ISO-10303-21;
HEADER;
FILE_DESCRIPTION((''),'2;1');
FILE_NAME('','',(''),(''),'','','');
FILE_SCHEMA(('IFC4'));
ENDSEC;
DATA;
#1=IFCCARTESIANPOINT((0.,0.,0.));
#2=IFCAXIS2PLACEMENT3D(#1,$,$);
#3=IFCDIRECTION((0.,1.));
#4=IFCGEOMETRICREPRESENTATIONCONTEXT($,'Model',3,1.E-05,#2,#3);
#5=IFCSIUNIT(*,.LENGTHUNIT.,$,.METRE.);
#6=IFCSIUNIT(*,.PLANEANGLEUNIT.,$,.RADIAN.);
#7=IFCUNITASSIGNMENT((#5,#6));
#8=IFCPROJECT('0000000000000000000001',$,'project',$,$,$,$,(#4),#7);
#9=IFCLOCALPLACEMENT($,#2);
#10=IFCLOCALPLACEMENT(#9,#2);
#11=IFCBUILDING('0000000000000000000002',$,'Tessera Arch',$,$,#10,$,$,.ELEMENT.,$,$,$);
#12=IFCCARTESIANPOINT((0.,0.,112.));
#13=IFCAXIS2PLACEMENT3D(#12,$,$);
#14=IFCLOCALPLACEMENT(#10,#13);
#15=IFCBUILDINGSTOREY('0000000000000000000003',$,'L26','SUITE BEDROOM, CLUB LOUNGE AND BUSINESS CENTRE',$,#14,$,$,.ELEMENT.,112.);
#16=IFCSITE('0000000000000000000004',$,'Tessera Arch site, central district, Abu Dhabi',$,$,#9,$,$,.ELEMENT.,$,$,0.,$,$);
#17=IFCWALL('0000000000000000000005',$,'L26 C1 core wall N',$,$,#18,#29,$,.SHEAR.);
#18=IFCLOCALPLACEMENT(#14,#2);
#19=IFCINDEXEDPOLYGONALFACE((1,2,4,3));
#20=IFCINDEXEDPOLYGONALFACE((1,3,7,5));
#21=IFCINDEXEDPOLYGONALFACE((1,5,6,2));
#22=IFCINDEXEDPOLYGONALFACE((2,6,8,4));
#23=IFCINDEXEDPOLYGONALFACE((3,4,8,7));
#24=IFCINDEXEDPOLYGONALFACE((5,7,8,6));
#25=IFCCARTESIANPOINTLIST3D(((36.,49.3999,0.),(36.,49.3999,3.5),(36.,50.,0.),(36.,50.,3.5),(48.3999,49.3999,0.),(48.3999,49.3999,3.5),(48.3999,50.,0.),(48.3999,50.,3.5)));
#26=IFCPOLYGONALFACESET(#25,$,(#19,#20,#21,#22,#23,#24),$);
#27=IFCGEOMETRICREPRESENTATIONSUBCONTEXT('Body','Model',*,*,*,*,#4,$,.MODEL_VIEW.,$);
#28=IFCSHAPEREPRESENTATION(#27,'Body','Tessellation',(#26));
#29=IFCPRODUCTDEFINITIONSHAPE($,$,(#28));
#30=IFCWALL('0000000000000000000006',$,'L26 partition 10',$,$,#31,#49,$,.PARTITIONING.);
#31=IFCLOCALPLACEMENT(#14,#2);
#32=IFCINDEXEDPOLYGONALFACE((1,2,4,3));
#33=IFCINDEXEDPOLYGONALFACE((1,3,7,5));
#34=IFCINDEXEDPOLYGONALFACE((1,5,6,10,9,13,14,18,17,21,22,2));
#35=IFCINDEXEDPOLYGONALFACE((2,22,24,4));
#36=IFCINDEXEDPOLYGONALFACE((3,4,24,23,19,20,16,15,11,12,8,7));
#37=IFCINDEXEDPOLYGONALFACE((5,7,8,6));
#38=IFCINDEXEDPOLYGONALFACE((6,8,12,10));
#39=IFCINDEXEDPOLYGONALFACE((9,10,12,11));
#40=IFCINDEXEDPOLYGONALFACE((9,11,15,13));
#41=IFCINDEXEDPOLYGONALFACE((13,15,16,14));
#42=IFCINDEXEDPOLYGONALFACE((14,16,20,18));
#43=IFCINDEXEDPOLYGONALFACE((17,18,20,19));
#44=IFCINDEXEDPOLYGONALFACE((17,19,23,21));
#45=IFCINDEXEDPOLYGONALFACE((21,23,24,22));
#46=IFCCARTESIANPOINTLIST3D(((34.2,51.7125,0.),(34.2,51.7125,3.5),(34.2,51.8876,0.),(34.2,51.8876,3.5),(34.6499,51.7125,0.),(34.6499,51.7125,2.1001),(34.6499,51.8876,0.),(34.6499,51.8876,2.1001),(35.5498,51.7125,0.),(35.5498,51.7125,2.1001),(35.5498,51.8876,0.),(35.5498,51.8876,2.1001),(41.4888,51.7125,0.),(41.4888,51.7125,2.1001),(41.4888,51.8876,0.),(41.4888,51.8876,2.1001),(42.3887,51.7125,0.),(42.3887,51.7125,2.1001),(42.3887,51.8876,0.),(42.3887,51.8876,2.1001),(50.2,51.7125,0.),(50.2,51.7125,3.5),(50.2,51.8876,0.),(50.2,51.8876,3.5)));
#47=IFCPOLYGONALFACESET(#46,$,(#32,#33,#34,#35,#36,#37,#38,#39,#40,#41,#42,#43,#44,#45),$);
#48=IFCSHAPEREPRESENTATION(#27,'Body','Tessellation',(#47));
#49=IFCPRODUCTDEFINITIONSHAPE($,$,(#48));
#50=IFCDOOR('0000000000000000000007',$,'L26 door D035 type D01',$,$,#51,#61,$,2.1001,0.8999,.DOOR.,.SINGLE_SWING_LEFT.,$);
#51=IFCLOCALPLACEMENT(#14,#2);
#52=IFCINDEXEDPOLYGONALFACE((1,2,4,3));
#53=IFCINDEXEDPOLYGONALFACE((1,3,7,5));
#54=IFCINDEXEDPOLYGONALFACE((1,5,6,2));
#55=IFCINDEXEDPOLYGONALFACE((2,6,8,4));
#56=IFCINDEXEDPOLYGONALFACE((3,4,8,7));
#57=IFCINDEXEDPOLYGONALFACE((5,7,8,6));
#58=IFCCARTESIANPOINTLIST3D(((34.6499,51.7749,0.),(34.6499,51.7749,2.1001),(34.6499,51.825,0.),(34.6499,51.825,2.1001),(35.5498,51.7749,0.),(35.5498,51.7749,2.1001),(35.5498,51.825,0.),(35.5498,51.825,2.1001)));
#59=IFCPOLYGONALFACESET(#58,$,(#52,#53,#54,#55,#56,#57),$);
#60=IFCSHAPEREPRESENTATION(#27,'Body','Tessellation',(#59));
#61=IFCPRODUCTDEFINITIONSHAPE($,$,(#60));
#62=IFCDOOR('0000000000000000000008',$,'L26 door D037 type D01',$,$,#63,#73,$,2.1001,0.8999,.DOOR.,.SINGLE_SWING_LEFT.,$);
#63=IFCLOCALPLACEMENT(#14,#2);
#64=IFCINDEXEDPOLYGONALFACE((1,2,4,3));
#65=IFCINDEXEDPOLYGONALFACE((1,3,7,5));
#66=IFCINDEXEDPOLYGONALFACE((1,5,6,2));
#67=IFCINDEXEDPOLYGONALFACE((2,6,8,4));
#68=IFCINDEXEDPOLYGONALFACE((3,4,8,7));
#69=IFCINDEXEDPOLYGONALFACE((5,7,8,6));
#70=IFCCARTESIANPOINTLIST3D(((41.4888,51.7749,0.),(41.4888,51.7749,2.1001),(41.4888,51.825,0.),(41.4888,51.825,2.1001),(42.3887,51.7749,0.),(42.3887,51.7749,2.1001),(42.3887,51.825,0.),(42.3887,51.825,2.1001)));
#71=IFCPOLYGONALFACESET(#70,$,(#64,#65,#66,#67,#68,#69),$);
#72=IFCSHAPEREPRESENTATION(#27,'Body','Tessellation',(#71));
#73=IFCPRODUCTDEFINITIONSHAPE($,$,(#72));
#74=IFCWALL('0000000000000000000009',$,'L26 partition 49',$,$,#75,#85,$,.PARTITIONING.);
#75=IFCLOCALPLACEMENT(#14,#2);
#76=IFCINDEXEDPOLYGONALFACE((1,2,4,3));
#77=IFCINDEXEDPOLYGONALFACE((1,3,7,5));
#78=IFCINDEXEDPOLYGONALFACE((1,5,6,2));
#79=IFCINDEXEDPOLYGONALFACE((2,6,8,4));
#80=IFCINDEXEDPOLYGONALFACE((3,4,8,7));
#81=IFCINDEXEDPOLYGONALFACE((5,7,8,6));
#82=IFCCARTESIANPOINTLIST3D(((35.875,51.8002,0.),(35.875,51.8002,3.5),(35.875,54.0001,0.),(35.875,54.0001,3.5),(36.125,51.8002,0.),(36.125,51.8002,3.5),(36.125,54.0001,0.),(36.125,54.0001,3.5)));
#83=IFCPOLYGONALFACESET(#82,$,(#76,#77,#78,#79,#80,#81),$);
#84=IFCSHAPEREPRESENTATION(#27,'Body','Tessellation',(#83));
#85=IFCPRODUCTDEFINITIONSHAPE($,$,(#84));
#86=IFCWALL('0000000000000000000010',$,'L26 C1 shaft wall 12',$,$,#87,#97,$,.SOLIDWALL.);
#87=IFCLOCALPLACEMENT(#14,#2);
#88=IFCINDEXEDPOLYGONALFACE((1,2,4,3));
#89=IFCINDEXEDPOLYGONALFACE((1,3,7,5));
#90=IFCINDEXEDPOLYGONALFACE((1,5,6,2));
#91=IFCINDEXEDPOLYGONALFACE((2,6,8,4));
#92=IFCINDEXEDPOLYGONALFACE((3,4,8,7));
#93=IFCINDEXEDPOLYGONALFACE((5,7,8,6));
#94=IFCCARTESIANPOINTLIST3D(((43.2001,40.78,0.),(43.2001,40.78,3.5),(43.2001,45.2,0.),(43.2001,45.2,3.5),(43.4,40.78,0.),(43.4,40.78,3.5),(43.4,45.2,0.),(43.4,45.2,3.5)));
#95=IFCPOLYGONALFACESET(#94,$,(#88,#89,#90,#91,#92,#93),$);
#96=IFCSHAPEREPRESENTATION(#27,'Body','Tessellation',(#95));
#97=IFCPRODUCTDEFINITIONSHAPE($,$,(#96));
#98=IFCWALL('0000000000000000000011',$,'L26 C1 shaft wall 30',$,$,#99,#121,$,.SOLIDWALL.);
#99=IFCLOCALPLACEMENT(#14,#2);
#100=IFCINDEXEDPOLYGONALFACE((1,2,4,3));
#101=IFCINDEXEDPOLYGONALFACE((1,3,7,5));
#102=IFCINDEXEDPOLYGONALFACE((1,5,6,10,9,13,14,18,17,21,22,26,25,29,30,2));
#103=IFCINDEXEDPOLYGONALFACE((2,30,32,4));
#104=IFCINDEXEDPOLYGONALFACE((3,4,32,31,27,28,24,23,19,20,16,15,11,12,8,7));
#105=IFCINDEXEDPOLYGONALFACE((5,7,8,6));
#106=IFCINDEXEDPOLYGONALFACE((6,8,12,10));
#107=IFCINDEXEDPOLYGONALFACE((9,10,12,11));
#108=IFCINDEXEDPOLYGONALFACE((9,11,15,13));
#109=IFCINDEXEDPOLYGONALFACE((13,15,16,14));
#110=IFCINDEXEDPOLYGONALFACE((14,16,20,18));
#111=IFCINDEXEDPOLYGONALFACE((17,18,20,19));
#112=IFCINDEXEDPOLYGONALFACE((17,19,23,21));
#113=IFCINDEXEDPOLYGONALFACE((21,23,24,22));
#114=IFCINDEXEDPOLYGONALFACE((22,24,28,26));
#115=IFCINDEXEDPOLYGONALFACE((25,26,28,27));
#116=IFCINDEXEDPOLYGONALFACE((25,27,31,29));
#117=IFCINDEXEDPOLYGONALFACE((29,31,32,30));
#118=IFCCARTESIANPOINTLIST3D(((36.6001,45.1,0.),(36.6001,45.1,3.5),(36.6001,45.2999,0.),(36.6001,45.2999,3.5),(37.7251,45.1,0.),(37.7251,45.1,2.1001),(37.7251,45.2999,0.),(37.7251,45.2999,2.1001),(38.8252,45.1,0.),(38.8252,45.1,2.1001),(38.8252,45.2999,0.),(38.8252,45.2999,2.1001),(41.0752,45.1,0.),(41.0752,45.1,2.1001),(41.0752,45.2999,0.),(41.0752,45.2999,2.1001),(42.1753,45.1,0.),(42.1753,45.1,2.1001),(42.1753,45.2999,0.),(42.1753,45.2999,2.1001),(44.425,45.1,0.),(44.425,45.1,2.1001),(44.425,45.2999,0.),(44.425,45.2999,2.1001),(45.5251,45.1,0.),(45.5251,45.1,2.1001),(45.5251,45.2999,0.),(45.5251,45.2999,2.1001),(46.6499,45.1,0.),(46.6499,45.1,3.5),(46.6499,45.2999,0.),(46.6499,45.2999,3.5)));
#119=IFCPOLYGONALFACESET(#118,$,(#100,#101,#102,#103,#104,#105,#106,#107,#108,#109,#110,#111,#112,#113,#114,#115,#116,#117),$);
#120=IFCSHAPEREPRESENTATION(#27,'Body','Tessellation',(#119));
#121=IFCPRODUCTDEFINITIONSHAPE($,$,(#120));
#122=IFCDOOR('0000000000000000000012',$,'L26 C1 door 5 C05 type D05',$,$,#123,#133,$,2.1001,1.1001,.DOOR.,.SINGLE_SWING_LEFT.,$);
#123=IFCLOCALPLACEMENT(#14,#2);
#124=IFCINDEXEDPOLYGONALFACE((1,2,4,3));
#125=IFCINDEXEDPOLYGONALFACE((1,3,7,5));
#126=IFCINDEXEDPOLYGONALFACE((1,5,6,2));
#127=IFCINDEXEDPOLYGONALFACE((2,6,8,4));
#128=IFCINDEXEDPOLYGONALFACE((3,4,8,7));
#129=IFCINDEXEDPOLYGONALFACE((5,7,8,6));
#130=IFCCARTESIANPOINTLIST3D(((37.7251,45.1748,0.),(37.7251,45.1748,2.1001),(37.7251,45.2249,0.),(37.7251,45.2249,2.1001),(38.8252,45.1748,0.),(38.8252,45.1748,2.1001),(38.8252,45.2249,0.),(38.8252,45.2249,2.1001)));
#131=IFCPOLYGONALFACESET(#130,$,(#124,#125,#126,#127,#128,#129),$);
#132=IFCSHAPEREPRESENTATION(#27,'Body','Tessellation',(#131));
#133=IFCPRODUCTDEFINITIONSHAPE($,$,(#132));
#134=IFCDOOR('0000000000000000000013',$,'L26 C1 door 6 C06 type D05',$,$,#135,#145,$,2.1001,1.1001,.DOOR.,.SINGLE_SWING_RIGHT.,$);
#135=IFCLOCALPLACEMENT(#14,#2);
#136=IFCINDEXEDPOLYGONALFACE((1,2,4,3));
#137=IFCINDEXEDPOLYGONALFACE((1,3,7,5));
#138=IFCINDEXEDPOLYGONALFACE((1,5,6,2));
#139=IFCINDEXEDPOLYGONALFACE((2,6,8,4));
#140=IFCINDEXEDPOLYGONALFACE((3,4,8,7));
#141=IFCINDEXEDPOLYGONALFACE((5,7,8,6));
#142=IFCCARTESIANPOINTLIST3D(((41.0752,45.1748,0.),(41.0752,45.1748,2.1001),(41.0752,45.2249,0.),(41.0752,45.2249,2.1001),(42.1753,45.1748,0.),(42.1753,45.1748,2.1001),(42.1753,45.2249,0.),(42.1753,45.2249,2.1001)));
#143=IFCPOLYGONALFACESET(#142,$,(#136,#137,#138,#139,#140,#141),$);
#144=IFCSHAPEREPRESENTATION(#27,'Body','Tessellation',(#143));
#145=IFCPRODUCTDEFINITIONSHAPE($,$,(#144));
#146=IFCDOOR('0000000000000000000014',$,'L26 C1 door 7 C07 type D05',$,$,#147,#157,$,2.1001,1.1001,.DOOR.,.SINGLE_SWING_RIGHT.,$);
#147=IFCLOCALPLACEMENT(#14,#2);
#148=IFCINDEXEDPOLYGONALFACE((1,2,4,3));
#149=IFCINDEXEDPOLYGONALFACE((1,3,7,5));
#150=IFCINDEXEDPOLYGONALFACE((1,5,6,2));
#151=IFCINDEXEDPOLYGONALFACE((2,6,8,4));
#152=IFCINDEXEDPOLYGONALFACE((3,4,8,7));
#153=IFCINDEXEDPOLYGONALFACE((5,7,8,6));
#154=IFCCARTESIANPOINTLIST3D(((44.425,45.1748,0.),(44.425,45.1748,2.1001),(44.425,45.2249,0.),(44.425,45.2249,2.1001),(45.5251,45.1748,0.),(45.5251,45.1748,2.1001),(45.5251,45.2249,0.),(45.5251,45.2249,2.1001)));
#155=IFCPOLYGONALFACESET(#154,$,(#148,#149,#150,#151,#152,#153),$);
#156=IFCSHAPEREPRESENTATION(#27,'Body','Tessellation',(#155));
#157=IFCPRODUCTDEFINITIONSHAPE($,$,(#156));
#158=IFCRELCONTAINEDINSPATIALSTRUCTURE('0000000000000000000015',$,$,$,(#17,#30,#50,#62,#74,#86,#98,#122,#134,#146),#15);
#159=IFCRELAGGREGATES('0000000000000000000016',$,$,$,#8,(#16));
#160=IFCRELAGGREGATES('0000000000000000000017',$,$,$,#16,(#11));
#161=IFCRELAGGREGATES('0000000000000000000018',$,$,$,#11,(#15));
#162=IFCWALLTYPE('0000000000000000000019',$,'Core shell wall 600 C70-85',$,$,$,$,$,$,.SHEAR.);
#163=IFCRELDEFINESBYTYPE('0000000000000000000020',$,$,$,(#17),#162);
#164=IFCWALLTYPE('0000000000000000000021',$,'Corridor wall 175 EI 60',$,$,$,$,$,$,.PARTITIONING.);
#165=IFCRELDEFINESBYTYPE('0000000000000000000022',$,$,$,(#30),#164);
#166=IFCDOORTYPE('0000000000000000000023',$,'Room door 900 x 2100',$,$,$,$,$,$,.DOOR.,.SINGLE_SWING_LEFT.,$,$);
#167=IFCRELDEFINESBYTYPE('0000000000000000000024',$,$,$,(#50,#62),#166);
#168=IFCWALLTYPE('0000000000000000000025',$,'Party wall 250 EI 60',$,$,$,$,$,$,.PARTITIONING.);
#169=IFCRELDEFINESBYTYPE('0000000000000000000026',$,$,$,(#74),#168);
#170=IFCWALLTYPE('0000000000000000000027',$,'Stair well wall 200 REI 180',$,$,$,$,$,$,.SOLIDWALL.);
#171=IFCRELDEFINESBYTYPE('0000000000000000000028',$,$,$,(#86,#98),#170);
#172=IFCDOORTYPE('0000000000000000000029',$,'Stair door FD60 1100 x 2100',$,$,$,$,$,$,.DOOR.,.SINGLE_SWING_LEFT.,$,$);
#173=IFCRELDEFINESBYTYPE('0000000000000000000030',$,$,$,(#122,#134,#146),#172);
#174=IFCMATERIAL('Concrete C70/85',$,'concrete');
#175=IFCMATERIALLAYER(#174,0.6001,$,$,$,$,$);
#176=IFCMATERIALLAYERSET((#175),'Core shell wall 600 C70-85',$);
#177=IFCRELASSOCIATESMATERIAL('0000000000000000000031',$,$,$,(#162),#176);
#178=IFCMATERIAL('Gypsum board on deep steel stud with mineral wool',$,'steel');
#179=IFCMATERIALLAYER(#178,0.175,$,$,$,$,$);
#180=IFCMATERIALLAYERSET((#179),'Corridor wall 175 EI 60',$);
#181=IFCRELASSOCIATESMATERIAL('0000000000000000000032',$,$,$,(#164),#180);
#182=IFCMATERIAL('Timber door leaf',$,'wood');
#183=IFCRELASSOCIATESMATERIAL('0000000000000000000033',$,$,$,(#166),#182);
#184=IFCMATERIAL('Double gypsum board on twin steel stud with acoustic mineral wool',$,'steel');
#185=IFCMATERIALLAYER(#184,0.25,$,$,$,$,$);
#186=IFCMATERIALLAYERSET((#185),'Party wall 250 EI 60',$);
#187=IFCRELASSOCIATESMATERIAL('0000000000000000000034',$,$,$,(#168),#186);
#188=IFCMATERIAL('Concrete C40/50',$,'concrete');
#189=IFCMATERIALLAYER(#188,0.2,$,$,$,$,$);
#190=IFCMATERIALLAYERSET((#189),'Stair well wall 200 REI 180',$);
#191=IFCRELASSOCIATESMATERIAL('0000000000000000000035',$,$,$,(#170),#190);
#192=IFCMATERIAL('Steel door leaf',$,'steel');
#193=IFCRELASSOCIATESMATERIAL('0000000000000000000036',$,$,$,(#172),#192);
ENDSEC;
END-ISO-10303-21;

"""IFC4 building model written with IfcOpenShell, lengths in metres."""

from ifc_helpers import new_model, si_unit, direction, frame, frame_2d, origin, place, context, subcontext, project, spatial, rectangle, extrude, material, layer, layer_set, type_object, element, fill, save


model = new_model("IFC4")

# Units and contexts
model_context = context("Model", 3, precision=1e-05, world=origin(), true_north=direction((0.0, 1.0)))
body_context = subcontext(model_context, "Body", "Model", "MODEL_VIEW")
ifc_project = project(units=[si_unit("LENGTHUNIT", "METRE"), si_unit("PLANEANGLEUNIT", "RADIAN")], contexts=[model_context])

# Site, building, storey
site_placement = place(None, origin())
site = spatial("IfcSite", under=ifc_project, at=site_placement, Name="Tessera Arch site, central district, Abu Dhabi", CompositionType="ELEMENT", RefElevation=0.0)
building_placement = place(site_placement, origin())
building = spatial("IfcBuilding", under=site, at=building_placement, Name="Tessera Arch", CompositionType="ELEMENT")
storey_placement = place(building_placement, frame((0.0, 0.0, 112.0)))
storey = spatial("IfcBuildingStorey", under=building, at=storey_placement, Name="L26", Description="SUITE BEDROOM, CLUB LOUNGE AND BUSINESS CENTRE", CompositionType="ELEMENT", Elevation=112.0)

# Wall
ifc_material_1 = material(Name="Concrete C70/85", Category="concrete")
ifc_layer_1 = layer(ifc_material_1, 0.6001)
ifc_layer_set_1 = layer_set([ifc_layer_1], Name="Core shell wall 600 C70-85")
wall_type_1 = type_object("IfcWallType", Name="Core shell wall 600 C70-85", PredefinedType="SHEAR", material=ifc_layer_set_1)
wall_1_placement = place(storey_placement, frame((36.0, 49.7, 0.0), z_axis=(0.0, 0.0, 1.0), x_axis=(1.0, 0.0, 0.0)))
element("IfcWall", 1, at=wall_1_placement, inside=storey, type_object=wall_type_1, Name="L26 C1 core wall N", PredefinedType="SHEAR", context=body_context, shape_type="SweptSolid", body=[
    extrude(rectangle(XDim=12.3999, YDim=0.6001, at=frame_2d((6.2, 0.0))), origin(), (0.0, 0.0, 1.0), 3.5),
])

# Wall, openings, doors
ifc_material_2 = material(Name="Gypsum board on deep steel stud with mineral wool", Category="steel")
ifc_layer_2 = layer(ifc_material_2, 0.175)
ifc_layer_set_2 = layer_set([ifc_layer_2], Name="Corridor wall 175 EI 60")
wall_type_2 = type_object("IfcWallType", Name="Corridor wall 175 EI 60", PredefinedType="PARTITIONING", material=ifc_layer_set_2)
wall_2_placement = place(storey_placement, frame((34.2, 51.8, 0.0), z_axis=(0.0, 0.0, 1.0), x_axis=(1.0, 0.0, 0.0)))
wall_2 = element("IfcWall", 2, at=wall_2_placement, inside=storey, type_object=wall_type_2, Name="L26 partition 10", PredefinedType="PARTITIONING", context=body_context, shape_type="SweptSolid", body=[
    extrude(rectangle(XDim=16.0, YDim=0.175, at=frame_2d((8.0, 0.0))), origin(), (0.0, 0.0, 1.0), 3.5),
])
opening_1_placement = place(wall_2_placement, frame((0.45, 0.0, 0.0)))
opening_1 = element("IfcOpeningElement", 3, at=opening_1_placement, cuts=wall_2, PredefinedType="OPENING", context=body_context, shape_type="SweptSolid", body=[
    extrude(rectangle(XDim=0.8999, YDim=2.1001, at=frame_2d((0.45, 1.05))), frame((0.0, 0.0974, 0.0), z_axis=(0.0, -1.0, 0.0), x_axis=(1.0, 0.0, 0.0)), (0.0, 0.0, 1.0), 0.1951),
])
opening_2_placement = place(wall_2_placement, frame((7.2888, 0.0, 0.0)))
opening_2 = element("IfcOpeningElement", 4, at=opening_2_placement, cuts=wall_2, PredefinedType="OPENING", context=body_context, shape_type="SweptSolid", body=[
    extrude(rectangle(XDim=0.8999, YDim=2.1001, at=frame_2d((0.45, 1.05))), frame((0.0, 0.0974, 0.0), z_axis=(0.0, -1.0, 0.0), x_axis=(1.0, 0.0, 0.0)), (0.0, 0.0, 1.0), 0.1951),
])
ifc_material_3 = material(Name="Timber door leaf", Category="wood")
door_type_1 = type_object("IfcDoorType", Name="Room door 900 x 2100", OperationType="SINGLE_SWING_LEFT", PredefinedType="DOOR", material=ifc_material_3)
door_1_placement = place(opening_1_placement, origin())
door_1 = element("IfcDoor", 5, at=door_1_placement, inside=storey, type_object=door_type_1, Name="L26 door D035 type D01", OperationType="SINGLE_SWING_LEFT", OverallHeight=2.1001, OverallWidth=0.8999, PredefinedType="DOOR", context=body_context, shape_type="SweptSolid", body=[
    extrude(rectangle(XDim=0.8999, YDim=2.1001, at=frame_2d((0.45, 1.05))), frame((0.0, 0.0249, 0.0), z_axis=(0.0, -1.0, 0.0), x_axis=(1.0, 0.0, 0.0)), (0.0, 0.0, 1.0), 0.05),
])
fill(opening_1, door_1)
door_2_placement = place(opening_2_placement, origin())
door_2 = element("IfcDoor", 6, at=door_2_placement, inside=storey, type_object=door_type_1, Name="L26 door D037 type D01", OperationType="SINGLE_SWING_LEFT", OverallHeight=2.1001, OverallWidth=0.8999, PredefinedType="DOOR", context=body_context, shape_type="SweptSolid", body=[
    extrude(rectangle(XDim=0.8999, YDim=2.1001, at=frame_2d((0.45, 1.05))), frame((0.0, 0.0249, 0.0), z_axis=(0.0, -1.0, 0.0), x_axis=(1.0, 0.0, 0.0)), (0.0, 0.0, 1.0), 0.05),
])
fill(opening_2, door_2)

# Walls
ifc_material_4 = material(Name="Double gypsum board on twin steel stud with acoustic mineral wool", Category="steel")
ifc_layer_3 = layer(ifc_material_4, 0.25)
ifc_layer_set_3 = layer_set([ifc_layer_3], Name="Party wall 250 EI 60")
wall_type_3 = type_object("IfcWallType", Name="Party wall 250 EI 60", PredefinedType="PARTITIONING", material=ifc_layer_set_3)
wall_3_placement = place(storey_placement, frame((36.0, 51.8, 0.0), z_axis=(0.0, 0.0, 1.0), x_axis=(0.0, 1.0, 0.0)))
element("IfcWall", 7, at=wall_3_placement, inside=storey, type_object=wall_type_3, Name="L26 partition 49", PredefinedType="PARTITIONING", context=body_context, shape_type="SweptSolid", body=[
    extrude(rectangle(XDim=2.2, YDim=0.25, at=frame_2d((1.1001, 0.0))), origin(), (0.0, 0.0, 1.0), 3.5),
])
ifc_material_5 = material(Name="Concrete C40/50", Category="concrete")
ifc_layer_4 = layer(ifc_material_5, 0.2)
ifc_layer_set_4 = layer_set([ifc_layer_4], Name="Stair well wall 200 REI 180")
wall_type_4 = type_object("IfcWallType", Name="Stair well wall 200 REI 180", PredefinedType="SOLIDWALL", material=ifc_layer_set_4)
wall_4_placement = place(storey_placement, frame((43.3, 40.78, 0.0), z_axis=(0.0, 0.0, 1.0), x_axis=(0.0, 1.0, 0.0)))
element("IfcWall", 8, at=wall_4_placement, inside=storey, type_object=wall_type_4, Name="L26 C1 shaft wall 12", PredefinedType="SOLIDWALL", context=body_context, shape_type="SweptSolid", body=[
    extrude(rectangle(XDim=4.4199, YDim=0.2, at=frame_2d((2.21, 0.0))), origin(), (0.0, 0.0, 1.0), 3.5),
])

# Wall, openings, doors
wall_5_placement = place(storey_placement, frame((36.6001, 45.2, 0.0), z_axis=(0.0, 0.0, 1.0), x_axis=(1.0, 0.0, 0.0)))
wall_5 = element("IfcWall", 9, at=wall_5_placement, inside=storey, type_object=wall_type_4, Name="L26 C1 shaft wall 30", PredefinedType="SOLIDWALL", context=body_context, shape_type="SweptSolid", body=[
    extrude(rectangle(XDim=10.0498, YDim=0.2, at=frame_2d((5.0249, 0.0))), origin(), (0.0, 0.0, 1.0), 3.5),
])
opening_3_placement = place(wall_5_placement, frame((1.125, 0.0, 0.0)))
opening_3 = element("IfcOpeningElement", 10, at=opening_3_placement, cuts=wall_5, PredefinedType="OPENING", context=body_context, shape_type="SweptSolid", body=[
    extrude(rectangle(XDim=1.1001, YDim=2.1001, at=frame_2d((0.55, 1.05))), frame((0.0, 0.1099, 0.0), z_axis=(0.0, -1.0, 0.0), x_axis=(1.0, 0.0, 0.0)), (0.0, 0.0, 1.0), 0.22),
])
opening_4_placement = place(wall_5_placement, frame((4.4751, 0.0, 0.0)))
opening_4 = element("IfcOpeningElement", 11, at=opening_4_placement, cuts=wall_5, PredefinedType="OPENING", context=body_context, shape_type="SweptSolid", body=[
    extrude(rectangle(XDim=1.1001, YDim=2.1001, at=frame_2d((0.55, 1.05))), frame((0.0, 0.1099, 0.0), z_axis=(0.0, -1.0, 0.0), x_axis=(1.0, 0.0, 0.0)), (0.0, 0.0, 1.0), 0.22),
])
opening_5_placement = place(wall_5_placement, frame((7.825, 0.0, 0.0)))
opening_5 = element("IfcOpeningElement", 12, at=opening_5_placement, cuts=wall_5, PredefinedType="OPENING", context=body_context, shape_type="SweptSolid", body=[
    extrude(rectangle(XDim=1.1001, YDim=2.1001, at=frame_2d((0.55, 1.05))), frame((0.0, 0.1099, 0.0), z_axis=(0.0, -1.0, 0.0), x_axis=(1.0, 0.0, 0.0)), (0.0, 0.0, 1.0), 0.22),
])
ifc_material_6 = material(Name="Steel door leaf", Category="steel")
door_type_2 = type_object("IfcDoorType", Name="Stair door FD60 1100 x 2100", OperationType="SINGLE_SWING_LEFT", PredefinedType="DOOR", material=ifc_material_6)
door_3_placement = place(opening_3_placement, origin())
door_3 = element("IfcDoor", 13, at=door_3_placement, inside=storey, type_object=door_type_2, Name="L26 C1 door 5 C05 type D05", OperationType="SINGLE_SWING_LEFT", OverallHeight=2.1001, OverallWidth=1.1001, PredefinedType="DOOR", context=body_context, shape_type="SweptSolid", body=[
    extrude(rectangle(XDim=1.1001, YDim=2.1001, at=frame_2d((0.55, 1.05))), frame((0.0, 0.0249, 0.0), z_axis=(0.0, -1.0, 0.0), x_axis=(1.0, 0.0, 0.0)), (0.0, 0.0, 1.0), 0.05),
])
fill(opening_3, door_3)
door_4_placement = place(opening_4_placement, origin())
door_4 = element("IfcDoor", 14, at=door_4_placement, inside=storey, type_object=door_type_2, Name="L26 C1 door 6 C06 type D05", OperationType="SINGLE_SWING_RIGHT", OverallHeight=2.1001, OverallWidth=1.1001, PredefinedType="DOOR", context=body_context, shape_type="SweptSolid", body=[
    extrude(rectangle(XDim=1.1001, YDim=2.1001, at=frame_2d((0.55, 1.05))), frame((0.0, 0.0249, 0.0), z_axis=(0.0, -1.0, 0.0), x_axis=(1.0, 0.0, 0.0)), (0.0, 0.0, 1.0), 0.05),
])
fill(opening_4, door_4)
door_5_placement = place(opening_5_placement, origin())
door_5 = element("IfcDoor", 15, at=door_5_placement, inside=storey, type_object=door_type_2, Name="L26 C1 door 7 C07 type D05", OperationType="SINGLE_SWING_RIGHT", OverallHeight=2.1001, OverallWidth=1.1001, PredefinedType="DOOR", context=body_context, shape_type="SweptSolid", body=[
    extrude(rectangle(XDim=1.1001, YDim=2.1001, at=frame_2d((0.55, 1.05))), frame((0.0, 0.0249, 0.0), z_axis=(0.0, -1.0, 0.0), x_axis=(1.0, 0.0, 0.0)), (0.0, 0.0, 1.0), 0.05),
])
fill(opening_5, door_5)

save(model, "model.ifc")
